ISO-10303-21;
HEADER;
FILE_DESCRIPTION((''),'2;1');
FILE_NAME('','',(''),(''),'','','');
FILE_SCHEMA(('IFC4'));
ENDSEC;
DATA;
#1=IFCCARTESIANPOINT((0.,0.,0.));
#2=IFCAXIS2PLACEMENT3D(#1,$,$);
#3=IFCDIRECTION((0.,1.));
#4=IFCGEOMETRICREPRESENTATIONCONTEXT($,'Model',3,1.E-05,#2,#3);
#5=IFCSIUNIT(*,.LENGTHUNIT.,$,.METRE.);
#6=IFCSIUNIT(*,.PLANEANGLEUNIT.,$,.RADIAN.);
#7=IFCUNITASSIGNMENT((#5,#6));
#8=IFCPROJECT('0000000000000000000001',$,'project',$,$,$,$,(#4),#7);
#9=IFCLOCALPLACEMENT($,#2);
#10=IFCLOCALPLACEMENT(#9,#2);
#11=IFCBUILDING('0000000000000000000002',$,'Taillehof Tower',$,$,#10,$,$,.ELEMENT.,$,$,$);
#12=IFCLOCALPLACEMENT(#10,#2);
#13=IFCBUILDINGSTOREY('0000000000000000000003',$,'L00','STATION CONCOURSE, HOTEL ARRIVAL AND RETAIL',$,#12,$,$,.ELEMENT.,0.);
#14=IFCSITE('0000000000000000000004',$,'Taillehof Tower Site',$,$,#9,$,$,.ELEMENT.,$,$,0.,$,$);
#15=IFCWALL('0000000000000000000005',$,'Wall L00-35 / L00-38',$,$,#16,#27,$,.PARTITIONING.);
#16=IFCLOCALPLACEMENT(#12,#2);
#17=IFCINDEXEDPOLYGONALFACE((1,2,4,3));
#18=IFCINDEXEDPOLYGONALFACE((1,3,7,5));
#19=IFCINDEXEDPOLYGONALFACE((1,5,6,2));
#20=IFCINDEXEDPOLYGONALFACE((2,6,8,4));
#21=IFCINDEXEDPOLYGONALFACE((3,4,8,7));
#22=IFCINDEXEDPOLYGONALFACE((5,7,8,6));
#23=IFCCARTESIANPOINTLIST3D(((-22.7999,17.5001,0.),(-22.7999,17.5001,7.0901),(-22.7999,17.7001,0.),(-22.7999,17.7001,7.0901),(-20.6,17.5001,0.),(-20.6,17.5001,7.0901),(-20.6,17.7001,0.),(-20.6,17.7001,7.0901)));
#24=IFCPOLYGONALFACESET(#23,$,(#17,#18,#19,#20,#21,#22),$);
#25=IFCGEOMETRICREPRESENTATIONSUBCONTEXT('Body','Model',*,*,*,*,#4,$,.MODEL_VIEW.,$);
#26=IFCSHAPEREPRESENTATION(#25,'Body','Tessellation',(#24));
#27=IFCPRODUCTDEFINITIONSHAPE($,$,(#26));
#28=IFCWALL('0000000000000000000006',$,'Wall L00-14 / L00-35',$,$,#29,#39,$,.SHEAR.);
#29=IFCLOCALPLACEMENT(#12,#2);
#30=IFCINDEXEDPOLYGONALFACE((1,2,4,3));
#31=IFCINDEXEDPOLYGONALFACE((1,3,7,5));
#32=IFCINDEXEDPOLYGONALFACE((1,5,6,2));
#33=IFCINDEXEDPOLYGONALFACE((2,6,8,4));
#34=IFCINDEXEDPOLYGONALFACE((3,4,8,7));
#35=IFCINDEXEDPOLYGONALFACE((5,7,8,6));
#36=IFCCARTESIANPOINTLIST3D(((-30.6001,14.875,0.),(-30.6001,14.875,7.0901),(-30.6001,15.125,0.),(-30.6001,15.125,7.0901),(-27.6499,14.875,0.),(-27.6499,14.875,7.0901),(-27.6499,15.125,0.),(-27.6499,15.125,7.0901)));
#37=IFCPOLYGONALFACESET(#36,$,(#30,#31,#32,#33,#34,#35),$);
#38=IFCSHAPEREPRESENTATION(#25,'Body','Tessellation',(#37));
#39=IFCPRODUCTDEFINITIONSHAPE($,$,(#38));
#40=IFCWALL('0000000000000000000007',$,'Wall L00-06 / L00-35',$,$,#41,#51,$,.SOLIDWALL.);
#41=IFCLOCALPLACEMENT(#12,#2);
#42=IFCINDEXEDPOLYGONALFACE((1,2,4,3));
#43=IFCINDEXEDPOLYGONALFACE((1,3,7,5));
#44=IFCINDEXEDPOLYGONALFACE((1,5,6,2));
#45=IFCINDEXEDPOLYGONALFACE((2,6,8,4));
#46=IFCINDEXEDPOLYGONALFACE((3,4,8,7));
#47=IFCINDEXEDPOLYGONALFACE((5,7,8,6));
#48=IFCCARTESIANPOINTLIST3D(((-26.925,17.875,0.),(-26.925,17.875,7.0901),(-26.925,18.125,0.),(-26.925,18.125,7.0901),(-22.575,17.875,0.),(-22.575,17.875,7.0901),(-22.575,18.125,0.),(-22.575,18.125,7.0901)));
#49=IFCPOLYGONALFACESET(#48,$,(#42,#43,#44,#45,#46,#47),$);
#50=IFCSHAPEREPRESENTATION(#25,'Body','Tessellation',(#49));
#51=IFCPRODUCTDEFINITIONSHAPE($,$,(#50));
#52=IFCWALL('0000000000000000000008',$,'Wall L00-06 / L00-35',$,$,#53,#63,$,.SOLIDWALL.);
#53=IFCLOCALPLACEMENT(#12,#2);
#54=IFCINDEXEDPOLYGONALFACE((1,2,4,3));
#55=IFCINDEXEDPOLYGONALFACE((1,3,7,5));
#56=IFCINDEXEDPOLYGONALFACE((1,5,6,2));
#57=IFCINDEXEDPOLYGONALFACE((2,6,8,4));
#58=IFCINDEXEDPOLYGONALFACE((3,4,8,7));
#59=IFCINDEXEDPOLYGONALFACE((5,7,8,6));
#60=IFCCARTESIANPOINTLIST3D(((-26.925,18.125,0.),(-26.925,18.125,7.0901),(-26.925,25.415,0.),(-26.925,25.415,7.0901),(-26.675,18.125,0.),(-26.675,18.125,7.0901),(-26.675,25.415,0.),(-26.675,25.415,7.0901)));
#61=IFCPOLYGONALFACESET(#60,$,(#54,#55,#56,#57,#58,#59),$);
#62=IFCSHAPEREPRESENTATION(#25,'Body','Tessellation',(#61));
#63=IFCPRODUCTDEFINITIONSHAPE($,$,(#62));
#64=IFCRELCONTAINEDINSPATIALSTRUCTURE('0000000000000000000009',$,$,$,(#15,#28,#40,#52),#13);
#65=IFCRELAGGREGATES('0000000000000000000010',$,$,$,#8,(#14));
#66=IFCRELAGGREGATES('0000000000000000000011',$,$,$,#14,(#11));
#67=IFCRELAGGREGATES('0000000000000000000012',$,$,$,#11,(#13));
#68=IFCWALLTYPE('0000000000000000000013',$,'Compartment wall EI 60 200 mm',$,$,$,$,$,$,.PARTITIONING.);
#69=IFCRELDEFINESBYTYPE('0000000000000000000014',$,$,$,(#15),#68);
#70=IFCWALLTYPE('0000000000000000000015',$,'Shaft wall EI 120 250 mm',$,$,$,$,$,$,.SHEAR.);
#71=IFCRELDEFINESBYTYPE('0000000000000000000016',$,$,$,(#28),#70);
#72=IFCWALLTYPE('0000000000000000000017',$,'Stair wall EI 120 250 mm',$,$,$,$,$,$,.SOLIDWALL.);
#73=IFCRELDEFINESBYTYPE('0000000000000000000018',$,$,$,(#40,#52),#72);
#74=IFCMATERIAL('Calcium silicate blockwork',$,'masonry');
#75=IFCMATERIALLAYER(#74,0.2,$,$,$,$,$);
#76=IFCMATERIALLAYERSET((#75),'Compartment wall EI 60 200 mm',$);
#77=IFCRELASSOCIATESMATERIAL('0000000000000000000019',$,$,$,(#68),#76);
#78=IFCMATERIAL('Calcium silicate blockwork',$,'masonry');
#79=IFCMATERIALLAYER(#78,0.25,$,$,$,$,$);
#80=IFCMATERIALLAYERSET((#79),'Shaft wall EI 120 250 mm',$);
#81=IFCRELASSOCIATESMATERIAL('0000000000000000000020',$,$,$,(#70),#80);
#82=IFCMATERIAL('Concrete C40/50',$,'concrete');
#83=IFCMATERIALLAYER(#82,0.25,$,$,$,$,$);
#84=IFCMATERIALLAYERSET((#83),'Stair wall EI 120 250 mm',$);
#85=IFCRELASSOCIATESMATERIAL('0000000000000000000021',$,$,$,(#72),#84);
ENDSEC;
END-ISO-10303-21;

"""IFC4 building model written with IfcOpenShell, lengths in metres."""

from ifc_helpers import new_model, si_unit, direction, frame, frame_2d, origin, place, context, subcontext, project, spatial, rectangle, extrude, material, layer, layer_set, type_object, element, save


model = new_model("IFC4")

# Units and contexts
model_context = context("Model", 3, precision=1e-05, world=origin(), true_north=direction((0.0, 1.0)))
body_context = subcontext(model_context, "Body", "Model", "MODEL_VIEW")
ifc_project = project(units=[si_unit("LENGTHUNIT", "METRE"), si_unit("PLANEANGLEUNIT", "RADIAN")], contexts=[model_context])

# Site, building, storey
site_placement = place(None, origin())
site = spatial("IfcSite", under=ifc_project, at=site_placement, Name="Taillehof Tower Site", CompositionType="ELEMENT", RefElevation=0.0)
building_placement = place(site_placement, origin())
building = spatial("IfcBuilding", under=site, at=building_placement, Name="Taillehof Tower", CompositionType="ELEMENT")
storey_placement = place(building_placement, origin())
storey = spatial("IfcBuildingStorey", under=building, at=storey_placement, Name="L00", Description="STATION CONCOURSE, HOTEL ARRIVAL AND RETAIL", CompositionType="ELEMENT", Elevation=0.0)

# Walls
ifc_material_1 = material(Name="Calcium silicate blockwork", Category="masonry")
ifc_layer_1 = layer(ifc_material_1, 0.2)
ifc_layer_set_1 = layer_set([ifc_layer_1], Name="Compartment wall EI 60 200 mm")
wall_type_1 = type_object("IfcWallType", Name="Compartment wall EI 60 200 mm", PredefinedType="PARTITIONING", material=ifc_layer_set_1)
wall_1_placement = place(storey_placement, frame((-22.8, 17.6001, 0.0), z_axis=(0.0, 0.0, 1.0), x_axis=(1.0, 0.0, 0.0)))
element("IfcWall", 1, at=wall_1_placement, inside=storey, type_object=wall_type_1, Name="Wall L00-35 / L00-38", PredefinedType="PARTITIONING", context=body_context, shape_type="SweptSolid", body=[
    extrude(rectangle(XDim=2.2, YDim=0.2, at=frame_2d((1.1001, 0.0))), origin(), (0.0, 0.0, 1.0), 7.0901),
])
ifc_material_2 = material(Name="Calcium silicate blockwork", Category="masonry")
ifc_layer_2 = layer(ifc_material_2, 0.25)
ifc_layer_set_2 = layer_set([ifc_layer_2], Name="Shaft wall EI 120 250 mm")
wall_type_2 = type_object("IfcWallType", Name="Shaft wall EI 120 250 mm", PredefinedType="SHEAR", material=ifc_layer_set_2)
wall_2_placement = place(storey_placement, frame((-30.6001, 15.0, 0.0), z_axis=(0.0, 0.0, 1.0), x_axis=(1.0, 0.0, 0.0)))
element("IfcWall", 2, at=wall_2_placement, inside=storey, type_object=wall_type_2, Name="Wall L00-14 / L00-35", PredefinedType="SHEAR", context=body_context, shape_type="SweptSolid", body=[
    extrude(rectangle(XDim=2.9502, YDim=0.25, at=frame_2d((1.4751, 0.0))), origin(), (0.0, 0.0, 1.0), 7.0901),
])
ifc_material_3 = material(Name="Concrete C40/50", Category="concrete")
ifc_layer_3 = layer(ifc_material_3, 0.25)
ifc_layer_set_3 = layer_set([ifc_layer_3], Name="Stair wall EI 120 250 mm")
wall_type_3 = type_object("IfcWallType", Name="Stair wall EI 120 250 mm", PredefinedType="SOLIDWALL", material=ifc_layer_set_3)
wall_3_placement = place(storey_placement, frame((-26.925, 18.0, 0.0), z_axis=(0.0, 0.0, 1.0), x_axis=(1.0, 0.0, 0.0)))
element("IfcWall", 3, at=wall_3_placement, inside=storey, type_object=wall_type_3, Name="Wall L00-06 / L00-35", PredefinedType="SOLIDWALL", context=body_context, shape_type="SweptSolid", body=[
    extrude(rectangle(XDim=4.3501, YDim=0.25, at=frame_2d((2.175, 0.0))), origin(), (0.0, 0.0, 1.0), 7.0901),
])
wall_4_placement = place(storey_placement, frame((-26.8, 18.125, 0.0), z_axis=(0.0, 0.0, 1.0), x_axis=(0.0, 1.0, 0.0)))
element("IfcWall", 4, at=wall_4_placement, inside=storey, type_object=wall_type_3, Name="Wall L00-06 / L00-35", PredefinedType="SOLIDWALL", context=body_context, shape_type="SweptSolid", body=[
    extrude(rectangle(XDim=7.29, YDim=0.25, at=frame_2d((3.645, 0.0))), origin(), (0.0, 0.0, 1.0), 7.0901),
])

save(model, "model.ifc")
